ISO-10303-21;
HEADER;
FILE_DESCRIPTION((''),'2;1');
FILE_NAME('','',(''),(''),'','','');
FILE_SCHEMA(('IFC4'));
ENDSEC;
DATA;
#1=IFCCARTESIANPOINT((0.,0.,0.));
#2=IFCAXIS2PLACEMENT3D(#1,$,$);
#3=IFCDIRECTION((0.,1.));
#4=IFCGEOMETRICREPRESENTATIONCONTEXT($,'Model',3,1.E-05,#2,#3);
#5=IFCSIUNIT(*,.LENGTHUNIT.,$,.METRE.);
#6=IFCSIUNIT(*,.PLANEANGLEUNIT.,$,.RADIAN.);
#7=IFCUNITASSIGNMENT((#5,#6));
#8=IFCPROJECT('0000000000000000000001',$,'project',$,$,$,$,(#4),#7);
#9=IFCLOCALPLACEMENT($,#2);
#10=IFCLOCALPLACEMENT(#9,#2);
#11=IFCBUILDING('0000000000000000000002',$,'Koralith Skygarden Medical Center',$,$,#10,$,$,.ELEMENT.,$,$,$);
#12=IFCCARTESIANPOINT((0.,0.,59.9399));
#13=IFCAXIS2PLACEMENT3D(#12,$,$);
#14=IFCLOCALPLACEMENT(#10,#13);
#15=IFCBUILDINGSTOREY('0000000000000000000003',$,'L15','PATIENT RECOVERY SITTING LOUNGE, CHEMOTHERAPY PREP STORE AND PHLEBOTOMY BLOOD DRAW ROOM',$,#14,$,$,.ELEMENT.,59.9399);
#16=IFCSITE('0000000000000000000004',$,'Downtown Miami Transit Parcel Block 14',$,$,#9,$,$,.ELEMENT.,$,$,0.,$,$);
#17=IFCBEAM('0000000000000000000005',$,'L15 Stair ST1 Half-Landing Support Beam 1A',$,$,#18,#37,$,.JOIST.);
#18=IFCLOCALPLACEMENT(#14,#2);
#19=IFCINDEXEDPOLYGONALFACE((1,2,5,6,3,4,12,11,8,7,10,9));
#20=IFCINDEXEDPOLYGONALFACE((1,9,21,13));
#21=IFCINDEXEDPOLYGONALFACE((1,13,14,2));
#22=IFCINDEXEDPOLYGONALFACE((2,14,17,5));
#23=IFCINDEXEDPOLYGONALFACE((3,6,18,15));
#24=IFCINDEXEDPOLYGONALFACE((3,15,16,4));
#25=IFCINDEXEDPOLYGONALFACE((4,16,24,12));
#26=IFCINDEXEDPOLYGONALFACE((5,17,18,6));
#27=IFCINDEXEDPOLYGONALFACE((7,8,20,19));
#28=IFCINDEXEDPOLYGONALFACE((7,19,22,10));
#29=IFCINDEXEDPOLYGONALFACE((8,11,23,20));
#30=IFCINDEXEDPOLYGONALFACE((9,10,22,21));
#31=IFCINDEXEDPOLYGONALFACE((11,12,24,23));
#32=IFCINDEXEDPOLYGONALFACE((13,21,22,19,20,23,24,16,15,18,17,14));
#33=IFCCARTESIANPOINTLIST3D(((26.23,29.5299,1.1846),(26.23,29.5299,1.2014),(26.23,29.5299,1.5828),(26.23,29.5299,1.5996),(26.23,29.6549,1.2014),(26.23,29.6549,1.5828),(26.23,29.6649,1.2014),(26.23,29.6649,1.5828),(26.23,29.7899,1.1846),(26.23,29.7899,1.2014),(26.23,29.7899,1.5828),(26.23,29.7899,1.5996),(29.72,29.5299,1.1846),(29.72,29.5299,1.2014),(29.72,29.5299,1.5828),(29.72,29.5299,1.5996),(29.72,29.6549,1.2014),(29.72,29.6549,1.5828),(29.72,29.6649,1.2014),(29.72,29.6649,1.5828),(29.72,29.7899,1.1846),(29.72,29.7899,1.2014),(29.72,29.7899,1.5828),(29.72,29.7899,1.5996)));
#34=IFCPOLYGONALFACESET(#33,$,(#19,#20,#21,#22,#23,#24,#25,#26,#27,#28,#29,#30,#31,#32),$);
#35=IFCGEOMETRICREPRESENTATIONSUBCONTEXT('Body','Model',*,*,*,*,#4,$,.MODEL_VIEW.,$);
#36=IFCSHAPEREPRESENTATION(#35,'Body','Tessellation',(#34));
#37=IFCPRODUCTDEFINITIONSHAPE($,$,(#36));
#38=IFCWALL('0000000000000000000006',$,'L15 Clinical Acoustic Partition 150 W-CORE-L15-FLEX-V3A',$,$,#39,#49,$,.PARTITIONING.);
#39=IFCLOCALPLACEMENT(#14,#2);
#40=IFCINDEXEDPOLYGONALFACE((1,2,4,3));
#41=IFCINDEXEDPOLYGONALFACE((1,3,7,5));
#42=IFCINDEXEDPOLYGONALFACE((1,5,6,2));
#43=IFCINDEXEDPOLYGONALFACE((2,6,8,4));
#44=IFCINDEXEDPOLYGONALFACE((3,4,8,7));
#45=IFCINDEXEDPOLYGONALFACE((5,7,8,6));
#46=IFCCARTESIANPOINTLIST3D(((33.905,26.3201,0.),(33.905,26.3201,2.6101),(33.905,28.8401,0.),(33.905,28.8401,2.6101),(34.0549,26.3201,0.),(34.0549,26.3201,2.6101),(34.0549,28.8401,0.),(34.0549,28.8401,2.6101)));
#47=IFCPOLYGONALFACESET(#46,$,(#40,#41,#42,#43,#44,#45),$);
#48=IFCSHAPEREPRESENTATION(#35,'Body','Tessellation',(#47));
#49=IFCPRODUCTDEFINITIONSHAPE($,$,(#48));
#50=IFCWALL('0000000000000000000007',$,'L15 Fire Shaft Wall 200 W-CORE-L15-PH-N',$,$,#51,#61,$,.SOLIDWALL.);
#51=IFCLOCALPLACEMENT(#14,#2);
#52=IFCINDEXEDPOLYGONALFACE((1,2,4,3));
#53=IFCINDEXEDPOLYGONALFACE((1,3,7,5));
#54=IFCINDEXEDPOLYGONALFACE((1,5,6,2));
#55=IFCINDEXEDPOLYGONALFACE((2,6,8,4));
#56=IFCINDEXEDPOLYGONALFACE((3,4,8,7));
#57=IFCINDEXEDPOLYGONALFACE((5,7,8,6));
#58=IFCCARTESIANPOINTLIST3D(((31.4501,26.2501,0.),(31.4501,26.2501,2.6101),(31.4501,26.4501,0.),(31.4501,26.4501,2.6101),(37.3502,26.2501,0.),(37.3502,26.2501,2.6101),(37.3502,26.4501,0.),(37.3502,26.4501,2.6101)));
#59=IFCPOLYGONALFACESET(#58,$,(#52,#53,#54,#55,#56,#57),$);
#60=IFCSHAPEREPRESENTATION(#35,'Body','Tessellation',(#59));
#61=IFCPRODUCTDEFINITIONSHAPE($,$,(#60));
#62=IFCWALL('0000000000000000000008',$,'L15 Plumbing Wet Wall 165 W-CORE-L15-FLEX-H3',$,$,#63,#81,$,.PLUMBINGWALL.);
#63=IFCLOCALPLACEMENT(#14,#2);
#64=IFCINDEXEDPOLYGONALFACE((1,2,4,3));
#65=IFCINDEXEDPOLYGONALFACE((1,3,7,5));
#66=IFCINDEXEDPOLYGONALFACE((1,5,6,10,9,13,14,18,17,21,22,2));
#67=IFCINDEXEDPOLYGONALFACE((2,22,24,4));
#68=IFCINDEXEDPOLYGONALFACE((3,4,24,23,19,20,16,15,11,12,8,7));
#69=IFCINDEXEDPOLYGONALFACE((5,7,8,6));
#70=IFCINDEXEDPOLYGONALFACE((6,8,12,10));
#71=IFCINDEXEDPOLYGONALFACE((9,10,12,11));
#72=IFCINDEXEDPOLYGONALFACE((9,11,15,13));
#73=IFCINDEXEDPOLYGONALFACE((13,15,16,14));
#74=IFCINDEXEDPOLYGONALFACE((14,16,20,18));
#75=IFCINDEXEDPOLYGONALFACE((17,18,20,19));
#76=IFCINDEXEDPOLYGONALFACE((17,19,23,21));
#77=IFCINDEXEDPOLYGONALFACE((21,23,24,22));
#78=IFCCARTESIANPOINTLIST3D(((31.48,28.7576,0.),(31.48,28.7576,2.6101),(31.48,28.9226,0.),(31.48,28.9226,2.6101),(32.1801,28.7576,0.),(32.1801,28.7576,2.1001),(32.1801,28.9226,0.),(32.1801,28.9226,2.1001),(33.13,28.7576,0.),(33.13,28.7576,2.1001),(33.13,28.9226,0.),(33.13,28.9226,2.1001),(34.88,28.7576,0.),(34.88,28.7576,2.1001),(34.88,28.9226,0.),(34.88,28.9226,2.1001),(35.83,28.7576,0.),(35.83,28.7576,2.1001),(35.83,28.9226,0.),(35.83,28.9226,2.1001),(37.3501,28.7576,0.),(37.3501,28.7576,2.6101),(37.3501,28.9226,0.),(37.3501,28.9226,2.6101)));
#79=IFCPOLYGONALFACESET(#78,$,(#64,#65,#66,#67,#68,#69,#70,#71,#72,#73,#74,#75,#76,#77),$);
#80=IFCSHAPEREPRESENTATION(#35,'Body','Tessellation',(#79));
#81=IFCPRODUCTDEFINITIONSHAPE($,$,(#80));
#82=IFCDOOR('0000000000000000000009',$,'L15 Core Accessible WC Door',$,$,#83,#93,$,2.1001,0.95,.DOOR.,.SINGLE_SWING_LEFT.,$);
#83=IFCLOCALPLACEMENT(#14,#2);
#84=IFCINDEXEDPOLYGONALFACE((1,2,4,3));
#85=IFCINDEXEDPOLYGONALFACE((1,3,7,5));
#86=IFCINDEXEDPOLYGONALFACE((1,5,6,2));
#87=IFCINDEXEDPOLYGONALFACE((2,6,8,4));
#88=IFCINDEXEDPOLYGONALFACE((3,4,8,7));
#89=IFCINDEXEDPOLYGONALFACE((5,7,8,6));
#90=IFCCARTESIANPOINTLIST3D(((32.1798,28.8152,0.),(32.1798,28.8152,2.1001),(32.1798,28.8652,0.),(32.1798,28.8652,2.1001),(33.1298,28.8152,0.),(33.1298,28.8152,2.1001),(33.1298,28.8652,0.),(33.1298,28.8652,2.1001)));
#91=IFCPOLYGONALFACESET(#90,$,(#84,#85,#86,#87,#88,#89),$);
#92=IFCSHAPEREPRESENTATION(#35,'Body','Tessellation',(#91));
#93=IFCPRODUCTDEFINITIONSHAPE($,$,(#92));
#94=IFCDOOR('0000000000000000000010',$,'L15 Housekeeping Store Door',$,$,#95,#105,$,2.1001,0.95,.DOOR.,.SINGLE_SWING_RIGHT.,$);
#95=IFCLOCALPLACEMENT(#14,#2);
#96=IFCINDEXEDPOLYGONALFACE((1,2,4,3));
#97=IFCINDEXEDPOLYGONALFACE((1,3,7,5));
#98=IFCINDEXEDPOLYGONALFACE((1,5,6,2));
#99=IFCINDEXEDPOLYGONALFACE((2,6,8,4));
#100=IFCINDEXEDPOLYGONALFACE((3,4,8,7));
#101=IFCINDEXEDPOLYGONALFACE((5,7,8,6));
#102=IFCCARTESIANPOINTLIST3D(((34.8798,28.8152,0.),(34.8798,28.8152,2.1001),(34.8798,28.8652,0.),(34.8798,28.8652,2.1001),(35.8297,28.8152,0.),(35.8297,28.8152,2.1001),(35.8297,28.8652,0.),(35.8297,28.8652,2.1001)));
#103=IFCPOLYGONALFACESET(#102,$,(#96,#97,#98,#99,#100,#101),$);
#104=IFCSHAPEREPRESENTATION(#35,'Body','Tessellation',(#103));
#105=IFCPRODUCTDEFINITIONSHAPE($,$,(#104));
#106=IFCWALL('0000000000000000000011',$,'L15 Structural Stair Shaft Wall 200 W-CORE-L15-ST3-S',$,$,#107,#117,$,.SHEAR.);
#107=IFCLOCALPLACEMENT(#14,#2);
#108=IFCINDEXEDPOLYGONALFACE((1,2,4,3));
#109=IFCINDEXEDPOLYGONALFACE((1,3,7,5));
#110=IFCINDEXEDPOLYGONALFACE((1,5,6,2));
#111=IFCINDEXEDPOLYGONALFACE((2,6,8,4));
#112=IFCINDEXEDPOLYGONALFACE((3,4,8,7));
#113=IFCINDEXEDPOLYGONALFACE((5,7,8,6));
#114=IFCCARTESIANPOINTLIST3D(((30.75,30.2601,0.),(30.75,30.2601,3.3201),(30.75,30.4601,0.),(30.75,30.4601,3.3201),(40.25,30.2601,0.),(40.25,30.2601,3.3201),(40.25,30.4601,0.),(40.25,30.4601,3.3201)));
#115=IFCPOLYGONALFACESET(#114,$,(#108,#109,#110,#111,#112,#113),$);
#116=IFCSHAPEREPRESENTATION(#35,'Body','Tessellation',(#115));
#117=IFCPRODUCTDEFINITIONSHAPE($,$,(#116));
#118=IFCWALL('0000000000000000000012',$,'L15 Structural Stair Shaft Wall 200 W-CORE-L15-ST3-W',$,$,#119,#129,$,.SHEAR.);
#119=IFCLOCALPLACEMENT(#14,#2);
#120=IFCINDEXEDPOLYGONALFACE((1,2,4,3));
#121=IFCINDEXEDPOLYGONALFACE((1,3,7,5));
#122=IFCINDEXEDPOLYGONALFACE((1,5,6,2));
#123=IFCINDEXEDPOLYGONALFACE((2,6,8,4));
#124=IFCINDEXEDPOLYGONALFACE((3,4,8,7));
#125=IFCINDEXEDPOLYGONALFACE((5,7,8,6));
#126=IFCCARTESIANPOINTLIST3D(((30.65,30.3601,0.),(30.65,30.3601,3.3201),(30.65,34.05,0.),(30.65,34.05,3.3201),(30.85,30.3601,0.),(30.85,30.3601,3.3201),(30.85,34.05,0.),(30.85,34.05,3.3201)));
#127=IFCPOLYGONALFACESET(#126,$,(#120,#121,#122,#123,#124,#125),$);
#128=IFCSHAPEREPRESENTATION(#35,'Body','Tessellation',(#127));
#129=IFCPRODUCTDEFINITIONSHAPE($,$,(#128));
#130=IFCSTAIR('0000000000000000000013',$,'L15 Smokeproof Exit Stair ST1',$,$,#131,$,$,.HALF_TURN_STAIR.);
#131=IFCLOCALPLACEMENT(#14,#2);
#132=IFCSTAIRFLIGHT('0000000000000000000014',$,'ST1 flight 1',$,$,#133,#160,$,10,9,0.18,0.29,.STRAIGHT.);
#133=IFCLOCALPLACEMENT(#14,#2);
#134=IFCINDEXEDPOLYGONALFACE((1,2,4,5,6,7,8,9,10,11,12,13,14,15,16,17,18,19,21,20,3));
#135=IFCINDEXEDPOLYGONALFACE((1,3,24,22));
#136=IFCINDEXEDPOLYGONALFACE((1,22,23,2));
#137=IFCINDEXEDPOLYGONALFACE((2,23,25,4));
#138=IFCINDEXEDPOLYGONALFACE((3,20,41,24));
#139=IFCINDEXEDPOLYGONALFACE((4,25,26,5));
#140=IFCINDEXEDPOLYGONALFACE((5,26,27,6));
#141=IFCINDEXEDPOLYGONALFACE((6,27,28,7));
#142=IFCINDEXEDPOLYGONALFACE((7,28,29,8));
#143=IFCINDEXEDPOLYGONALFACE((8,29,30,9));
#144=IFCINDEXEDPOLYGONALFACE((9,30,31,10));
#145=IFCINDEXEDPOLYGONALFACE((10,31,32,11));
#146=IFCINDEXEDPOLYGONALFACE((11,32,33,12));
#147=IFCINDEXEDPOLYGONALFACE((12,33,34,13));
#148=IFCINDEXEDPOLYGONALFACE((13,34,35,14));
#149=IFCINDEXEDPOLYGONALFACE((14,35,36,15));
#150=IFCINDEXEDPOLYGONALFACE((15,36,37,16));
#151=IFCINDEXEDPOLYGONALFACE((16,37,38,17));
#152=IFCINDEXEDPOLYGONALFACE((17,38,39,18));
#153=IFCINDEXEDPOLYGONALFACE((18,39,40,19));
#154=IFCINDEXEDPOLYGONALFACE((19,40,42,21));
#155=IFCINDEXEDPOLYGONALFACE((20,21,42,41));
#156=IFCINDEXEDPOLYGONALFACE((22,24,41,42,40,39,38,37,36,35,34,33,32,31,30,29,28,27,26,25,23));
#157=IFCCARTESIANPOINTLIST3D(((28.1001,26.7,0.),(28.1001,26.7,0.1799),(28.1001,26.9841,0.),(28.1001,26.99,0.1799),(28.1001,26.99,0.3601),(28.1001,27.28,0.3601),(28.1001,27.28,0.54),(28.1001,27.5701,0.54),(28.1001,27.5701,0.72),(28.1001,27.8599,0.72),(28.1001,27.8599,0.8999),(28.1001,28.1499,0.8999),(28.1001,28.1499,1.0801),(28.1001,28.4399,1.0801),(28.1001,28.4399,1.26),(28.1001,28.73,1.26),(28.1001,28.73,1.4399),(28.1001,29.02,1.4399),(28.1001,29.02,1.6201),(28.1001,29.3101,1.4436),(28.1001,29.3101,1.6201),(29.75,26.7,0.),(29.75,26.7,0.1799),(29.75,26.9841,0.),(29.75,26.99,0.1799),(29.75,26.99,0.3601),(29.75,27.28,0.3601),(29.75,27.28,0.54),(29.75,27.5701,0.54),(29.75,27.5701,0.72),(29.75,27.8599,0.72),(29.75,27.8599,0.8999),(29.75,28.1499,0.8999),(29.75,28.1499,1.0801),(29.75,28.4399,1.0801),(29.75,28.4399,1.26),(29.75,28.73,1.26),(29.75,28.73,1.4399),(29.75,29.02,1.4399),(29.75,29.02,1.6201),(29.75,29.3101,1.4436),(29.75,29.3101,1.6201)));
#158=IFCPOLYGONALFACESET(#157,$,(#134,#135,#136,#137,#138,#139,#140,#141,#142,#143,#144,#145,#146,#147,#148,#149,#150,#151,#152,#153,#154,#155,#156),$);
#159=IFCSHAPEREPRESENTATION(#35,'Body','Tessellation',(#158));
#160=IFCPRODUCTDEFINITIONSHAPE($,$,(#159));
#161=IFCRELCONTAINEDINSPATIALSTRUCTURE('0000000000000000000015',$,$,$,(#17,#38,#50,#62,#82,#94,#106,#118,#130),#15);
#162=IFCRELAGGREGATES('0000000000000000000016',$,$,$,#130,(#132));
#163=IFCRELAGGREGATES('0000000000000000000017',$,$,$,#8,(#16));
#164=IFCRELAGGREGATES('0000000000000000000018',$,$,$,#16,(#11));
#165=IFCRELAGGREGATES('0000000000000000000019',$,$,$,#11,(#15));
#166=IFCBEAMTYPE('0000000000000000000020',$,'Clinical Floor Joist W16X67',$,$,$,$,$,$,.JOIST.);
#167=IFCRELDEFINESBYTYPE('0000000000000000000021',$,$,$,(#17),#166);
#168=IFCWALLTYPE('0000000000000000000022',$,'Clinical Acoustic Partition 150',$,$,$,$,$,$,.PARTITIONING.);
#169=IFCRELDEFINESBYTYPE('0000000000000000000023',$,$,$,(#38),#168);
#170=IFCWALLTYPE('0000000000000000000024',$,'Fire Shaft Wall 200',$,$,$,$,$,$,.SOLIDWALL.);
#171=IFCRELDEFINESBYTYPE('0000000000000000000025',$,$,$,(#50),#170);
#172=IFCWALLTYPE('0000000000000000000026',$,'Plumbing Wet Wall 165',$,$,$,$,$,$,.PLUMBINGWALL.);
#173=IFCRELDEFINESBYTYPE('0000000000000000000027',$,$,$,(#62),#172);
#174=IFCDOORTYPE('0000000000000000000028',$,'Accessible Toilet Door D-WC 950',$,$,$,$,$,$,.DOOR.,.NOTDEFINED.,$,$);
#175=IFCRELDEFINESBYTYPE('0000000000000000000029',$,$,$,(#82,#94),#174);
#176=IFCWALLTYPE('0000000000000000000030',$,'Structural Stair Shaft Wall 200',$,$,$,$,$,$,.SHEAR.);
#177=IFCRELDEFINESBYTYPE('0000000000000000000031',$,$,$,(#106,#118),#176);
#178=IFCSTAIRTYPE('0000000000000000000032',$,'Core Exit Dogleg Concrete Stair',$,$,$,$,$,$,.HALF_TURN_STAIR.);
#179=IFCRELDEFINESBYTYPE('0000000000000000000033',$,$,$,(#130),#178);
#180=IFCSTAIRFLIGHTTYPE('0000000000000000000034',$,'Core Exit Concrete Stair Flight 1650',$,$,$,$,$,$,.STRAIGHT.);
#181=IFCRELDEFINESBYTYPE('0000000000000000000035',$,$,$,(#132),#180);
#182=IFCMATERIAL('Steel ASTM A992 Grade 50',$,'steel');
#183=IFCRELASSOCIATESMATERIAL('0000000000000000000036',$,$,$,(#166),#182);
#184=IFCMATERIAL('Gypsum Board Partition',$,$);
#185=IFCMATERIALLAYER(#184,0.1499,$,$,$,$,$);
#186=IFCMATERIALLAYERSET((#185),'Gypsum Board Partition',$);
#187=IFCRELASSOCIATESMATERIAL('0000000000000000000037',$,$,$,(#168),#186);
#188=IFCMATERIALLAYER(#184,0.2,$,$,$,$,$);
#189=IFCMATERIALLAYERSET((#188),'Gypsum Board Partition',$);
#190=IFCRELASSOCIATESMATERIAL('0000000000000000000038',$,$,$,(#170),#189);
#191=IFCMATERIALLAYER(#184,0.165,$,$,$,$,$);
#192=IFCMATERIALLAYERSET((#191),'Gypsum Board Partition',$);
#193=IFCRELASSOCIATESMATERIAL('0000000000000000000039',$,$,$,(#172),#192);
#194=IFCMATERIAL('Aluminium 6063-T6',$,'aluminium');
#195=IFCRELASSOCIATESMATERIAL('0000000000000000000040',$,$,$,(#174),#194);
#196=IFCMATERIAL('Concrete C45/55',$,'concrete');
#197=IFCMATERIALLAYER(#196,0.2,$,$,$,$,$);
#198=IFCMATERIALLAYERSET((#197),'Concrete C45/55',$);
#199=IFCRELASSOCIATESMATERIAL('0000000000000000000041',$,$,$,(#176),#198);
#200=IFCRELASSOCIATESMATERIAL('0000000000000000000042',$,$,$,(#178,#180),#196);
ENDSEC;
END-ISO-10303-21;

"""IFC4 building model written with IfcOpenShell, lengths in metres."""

from ifc_helpers import new_model, si_unit, direction, frame, frame_2d, origin, origin_2d, place, context, subcontext, project, spatial, polyline, rectangle, i_section, outline, extrude, material, layer, layer_set, material_profile, profile_set, type_object, element, fill, aggregate, save


model = new_model("IFC4")

# Units and contexts
model_context = context("Model", 3, precision=1e-05, world=origin(), true_north=direction((0.0, 1.0)))
body_context = subcontext(model_context, "Body", "Model", "MODEL_VIEW")
ifc_project = project(units=[si_unit("LENGTHUNIT", "METRE"), si_unit("PLANEANGLEUNIT", "RADIAN")], contexts=[model_context])

# Site, building, storey
site_placement = place(None, origin())
site = spatial("IfcSite", under=ifc_project, at=site_placement, Name="Downtown Miami Transit Parcel Block 14", CompositionType="ELEMENT", RefElevation=0.0)
building_placement = place(site_placement, origin())
building = spatial("IfcBuilding", under=site, at=building_placement, Name="Koralith Skygarden Medical Center", CompositionType="ELEMENT")
storey_placement = place(building_placement, frame((0.0, 0.0, 59.9399)))
storey = spatial("IfcBuildingStorey", under=building, at=storey_placement, Name="L15", Description="PATIENT RECOVERY SITTING LOUNGE, CHEMOTHERAPY PREP STORE AND PHLEBOTOMY BLOOD DRAW ROOM", CompositionType="ELEMENT", Elevation=59.9399)

# Beam
ifc_material_1 = material(Name="Steel ASTM A992 Grade 50", Category="steel")
ifc_material_profile = material_profile(ifc_material_1, i_section(OverallWidth=0.26, OverallDepth=0.415, WebThickness=0.01, FlangeThickness=0.0168, at=origin_2d()), Name="W16X67")
ifc_profile_set = profile_set([ifc_material_profile], Name="Steel ASTM A992 Grade 50")
beam_type = type_object("IfcBeamType", Name="Clinical Floor Joist W16X67", PredefinedType="JOIST", material=ifc_profile_set)
beam_placement = place(storey_placement, frame((26.23, 29.6599, 1.3921), z_axis=(1.0, 0.0, 0.0), x_axis=(0.0, 1.0, 0.0)))
element("IfcBeam", 1, at=beam_placement, inside=storey, type_object=beam_type, Name="L15 Stair ST1 Half-Landing Support Beam 1A", PredefinedType="JOIST", context=body_context, shape_type="SweptSolid", body=[
    extrude(i_section(OverallWidth=0.26, OverallDepth=0.415, WebThickness=0.01, FlangeThickness=0.0168, at=origin_2d()), origin(), (0.0, 0.0, 1.0), 3.49),
])

# Walls
ifc_material_2 = material(Name="Gypsum Board Partition")
ifc_layer_1 = layer(ifc_material_2, 0.1499)
ifc_layer_set_1 = layer_set([ifc_layer_1], Name="Gypsum Board Partition")
wall_type_1 = type_object("IfcWallType", Name="Clinical Acoustic Partition 150", PredefinedType="PARTITIONING", material=ifc_layer_set_1)
wall_1_placement = place(storey_placement, frame((33.98, 26.3201, 0.0), z_axis=(0.0, 0.0, 1.0), x_axis=(0.0, 1.0, 0.0)))
element("IfcWall", 2, at=wall_1_placement, inside=storey, type_object=wall_type_1, Name="L15 Clinical Acoustic Partition 150 W-CORE-L15-FLEX-V3A", PredefinedType="PARTITIONING", context=body_context, shape_type="SweptSolid", body=[
    extrude(rectangle(XDim=2.52, YDim=0.1499, at=frame_2d((1.26, 0.0))), origin(), (0.0, 0.0, 1.0), 2.6101),
])
ifc_layer_2 = layer(ifc_material_2, 0.2)
ifc_layer_set_2 = layer_set([ifc_layer_2], Name="Gypsum Board Partition")
wall_type_2 = type_object("IfcWallType", Name="Fire Shaft Wall 200", PredefinedType="SOLIDWALL", material=ifc_layer_set_2)
wall_2_placement = place(storey_placement, frame((31.45, 26.3501, 0.0), z_axis=(0.0, 0.0, 1.0), x_axis=(1.0, 0.0, 0.0)))
element("IfcWall", 3, at=wall_2_placement, inside=storey, type_object=wall_type_2, Name="L15 Fire Shaft Wall 200 W-CORE-L15-PH-N", PredefinedType="SOLIDWALL", context=body_context, shape_type="SweptSolid", body=[
    extrude(rectangle(XDim=5.9001, YDim=0.2, at=frame_2d((2.9502, 0.0))), origin(), (0.0, 0.0, 1.0), 2.6101),
])

# Wall, openings, doors
ifc_layer_3 = layer(ifc_material_2, 0.165)
ifc_layer_set_3 = layer_set([ifc_layer_3], Name="Gypsum Board Partition")
wall_type_3 = type_object("IfcWallType", Name="Plumbing Wet Wall 165", PredefinedType="PLUMBINGWALL", material=ifc_layer_set_3)
wall_3_placement = place(storey_placement, frame((31.48, 28.8401, 0.0), z_axis=(0.0, 0.0, 1.0), x_axis=(1.0, 0.0, 0.0)))
wall_3 = element("IfcWall", 4, at=wall_3_placement, inside=storey, type_object=wall_type_3, Name="L15 Plumbing Wet Wall 165 W-CORE-L15-FLEX-H3", PredefinedType="PLUMBINGWALL", context=body_context, shape_type="SweptSolid", body=[
    extrude(rectangle(XDim=5.8701, YDim=0.165, at=frame_2d((2.9351, 0.0))), origin(), (0.0, 0.0, 1.0), 2.6101),
])
opening_1_placement = place(wall_3_placement, frame((0.7, 0.0, 0.0)))
opening_1 = element("IfcOpeningElement", 5, at=opening_1_placement, cuts=wall_3, PredefinedType="OPENING", context=body_context, shape_type="SweptSolid", body=[
    extrude(rectangle(XDim=0.95, YDim=2.1001, at=frame_2d((0.4751, 1.05))), frame((0.0, 0.0925, 0.0), z_axis=(0.0, -1.0, 0.0), x_axis=(1.0, 0.0, 0.0)), (0.0, 0.0, 1.0), 0.1851),
])
opening_2_placement = place(wall_3_placement, frame((3.3999, 0.0, 0.0)))
opening_2 = element("IfcOpeningElement", 6, at=opening_2_placement, cuts=wall_3, PredefinedType="OPENING", context=body_context, shape_type="SweptSolid", body=[
    extrude(rectangle(XDim=0.95, YDim=2.1001, at=frame_2d((0.4751, 1.05))), frame((0.0, 0.0925, 0.0), z_axis=(0.0, -1.0, 0.0), x_axis=(1.0, 0.0, 0.0)), (0.0, 0.0, 1.0), 0.1851),
])
ifc_material_3 = material(Name="Aluminium 6063-T6", Category="aluminium")
door_type = type_object("IfcDoorType", Name="Accessible Toilet Door D-WC 950", OperationType="NOTDEFINED", PredefinedType="DOOR", material=ifc_material_3)
door_1_placement = place(opening_1_placement, frame((0.95, 0.0, 0.0), z_axis=(0.0, 0.0, 1.0), x_axis=(-1.0, 0.0, 0.0)))
door_1 = element("IfcDoor", 7, at=door_1_placement, inside=storey, type_object=door_type, Name="L15 Core Accessible WC Door", OperationType="SINGLE_SWING_LEFT", OverallHeight=2.1001, OverallWidth=0.95, PredefinedType="DOOR", context=body_context, shape_type="SweptSolid", body=[
    extrude(rectangle(XDim=0.95, YDim=2.1001, at=frame_2d((0.4751, 1.05))), frame((0.0, 0.0249, 0.0), z_axis=(0.0, -1.0, 0.0), x_axis=(1.0, 0.0, 0.0)), (0.0, 0.0, 1.0), 0.05),
])
fill(opening_1, door_1)
door_2_placement = place(opening_2_placement, frame((0.95, 0.0, 0.0), z_axis=(0.0, 0.0, 1.0), x_axis=(-1.0, 0.0, 0.0)))
door_2 = element("IfcDoor", 8, at=door_2_placement, inside=storey, type_object=door_type, Name="L15 Housekeeping Store Door", OperationType="SINGLE_SWING_RIGHT", OverallHeight=2.1001, OverallWidth=0.95, PredefinedType="DOOR", context=body_context, shape_type="SweptSolid", body=[
    extrude(rectangle(XDim=0.95, YDim=2.1001, at=frame_2d((0.4751, 1.05))), frame((0.0, 0.0249, 0.0), z_axis=(0.0, -1.0, 0.0), x_axis=(1.0, 0.0, 0.0)), (0.0, 0.0, 1.0), 0.05),
])
fill(opening_2, door_2)

# Walls
ifc_material_4 = material(Name="Concrete C45/55", Category="concrete")
ifc_layer_4 = layer(ifc_material_4, 0.2)
ifc_layer_set_4 = layer_set([ifc_layer_4], Name="Concrete C45/55")
wall_type_4 = type_object("IfcWallType", Name="Structural Stair Shaft Wall 200", PredefinedType="SHEAR", material=ifc_layer_set_4)
wall_4_placement = place(storey_placement, frame((30.75, 30.3601, 0.0), z_axis=(0.0, 0.0, 1.0), x_axis=(1.0, 0.0, 0.0)))
element("IfcWall", 9, at=wall_4_placement, inside=storey, type_object=wall_type_4, Name="L15 Structural Stair Shaft Wall 200 W-CORE-L15-ST3-S", PredefinedType="SHEAR", context=body_context, shape_type="SweptSolid", body=[
    extrude(rectangle(XDim=9.5, YDim=0.2, at=frame_2d((4.75, 0.0))), origin(), (0.0, 0.0, 1.0), 3.3201),
])
wall_5_placement = place(storey_placement, frame((30.75, 30.3601, 0.0), z_axis=(0.0, 0.0, 1.0), x_axis=(0.0, 1.0, 0.0)))
element("IfcWall", 10, at=wall_5_placement, inside=storey, type_object=wall_type_4, Name="L15 Structural Stair Shaft Wall 200 W-CORE-L15-ST3-W", PredefinedType="SHEAR", context=body_context, shape_type="SweptSolid", body=[
    extrude(rectangle(XDim=3.6899, YDim=0.2, at=frame_2d((1.845, 0.0))), origin(), (0.0, 0.0, 1.0), 3.3201),
])

# Stair, stair flight
stair_type = type_object("IfcStairType", Name="Core Exit Dogleg Concrete Stair", PredefinedType="HALF_TURN_STAIR", material=ifc_material_4)
stair_1_placement = place(storey_placement, origin())
stair_1 = element("IfcStair", 11, at=stair_1_placement, inside=storey, type_object=stair_type, Name="L15 Smokeproof Exit Stair ST1", PredefinedType="HALF_TURN_STAIR")
stair_flight_type = type_object("IfcStairFlightType", Name="Core Exit Concrete Stair Flight 1650", PredefinedType="STRAIGHT", material=ifc_material_4)
stair_flight_1_placement = place(storey_placement, frame((28.925, 26.7, 0.0), z_axis=(0.0, 0.0, 1.0), x_axis=(0.0, 1.0, 0.0)))
stair_flight_1 = element("IfcStairFlight", 12, at=stair_flight_1_placement, type_object=stair_flight_type, Name="ST1 flight 1", NumberOfRisers=10, NumberOfTreads=9, PredefinedType="STRAIGHT", RiserHeight=0.18, TreadLength=0.29, context=body_context, shape_type="SweptSolid", body=[
    extrude(outline(polyline([(0.0, 0.0), (0.0, 0.1799), (0.29, 0.1799), (0.29, 0.3601), (0.5801, 0.3601), (0.5801, 0.54), (0.8701, 0.54), (0.8701, 0.72), (1.1599, 0.72), (1.1599, 0.8999), (1.45, 0.8999), (1.45, 1.0801), (1.74, 1.0801), (1.74, 1.26), (2.03, 1.26), (2.03, 1.4399), (2.3201, 1.4399), (2.3201, 1.6201), (2.6101, 1.6201), (2.6101, 1.8), (2.6101, 1.4436), (0.2842, 0.0), (0.0, 0.0)])), frame((0.0, 0.825, 0.0), z_axis=(0.0, -1.0, 0.0), x_axis=(1.0, 0.0, 0.0)), (0.0, 0.0, 1.0), 1.6499),
])
aggregate(stair_1, [stair_flight_1])

save(model, "model.ifc")
